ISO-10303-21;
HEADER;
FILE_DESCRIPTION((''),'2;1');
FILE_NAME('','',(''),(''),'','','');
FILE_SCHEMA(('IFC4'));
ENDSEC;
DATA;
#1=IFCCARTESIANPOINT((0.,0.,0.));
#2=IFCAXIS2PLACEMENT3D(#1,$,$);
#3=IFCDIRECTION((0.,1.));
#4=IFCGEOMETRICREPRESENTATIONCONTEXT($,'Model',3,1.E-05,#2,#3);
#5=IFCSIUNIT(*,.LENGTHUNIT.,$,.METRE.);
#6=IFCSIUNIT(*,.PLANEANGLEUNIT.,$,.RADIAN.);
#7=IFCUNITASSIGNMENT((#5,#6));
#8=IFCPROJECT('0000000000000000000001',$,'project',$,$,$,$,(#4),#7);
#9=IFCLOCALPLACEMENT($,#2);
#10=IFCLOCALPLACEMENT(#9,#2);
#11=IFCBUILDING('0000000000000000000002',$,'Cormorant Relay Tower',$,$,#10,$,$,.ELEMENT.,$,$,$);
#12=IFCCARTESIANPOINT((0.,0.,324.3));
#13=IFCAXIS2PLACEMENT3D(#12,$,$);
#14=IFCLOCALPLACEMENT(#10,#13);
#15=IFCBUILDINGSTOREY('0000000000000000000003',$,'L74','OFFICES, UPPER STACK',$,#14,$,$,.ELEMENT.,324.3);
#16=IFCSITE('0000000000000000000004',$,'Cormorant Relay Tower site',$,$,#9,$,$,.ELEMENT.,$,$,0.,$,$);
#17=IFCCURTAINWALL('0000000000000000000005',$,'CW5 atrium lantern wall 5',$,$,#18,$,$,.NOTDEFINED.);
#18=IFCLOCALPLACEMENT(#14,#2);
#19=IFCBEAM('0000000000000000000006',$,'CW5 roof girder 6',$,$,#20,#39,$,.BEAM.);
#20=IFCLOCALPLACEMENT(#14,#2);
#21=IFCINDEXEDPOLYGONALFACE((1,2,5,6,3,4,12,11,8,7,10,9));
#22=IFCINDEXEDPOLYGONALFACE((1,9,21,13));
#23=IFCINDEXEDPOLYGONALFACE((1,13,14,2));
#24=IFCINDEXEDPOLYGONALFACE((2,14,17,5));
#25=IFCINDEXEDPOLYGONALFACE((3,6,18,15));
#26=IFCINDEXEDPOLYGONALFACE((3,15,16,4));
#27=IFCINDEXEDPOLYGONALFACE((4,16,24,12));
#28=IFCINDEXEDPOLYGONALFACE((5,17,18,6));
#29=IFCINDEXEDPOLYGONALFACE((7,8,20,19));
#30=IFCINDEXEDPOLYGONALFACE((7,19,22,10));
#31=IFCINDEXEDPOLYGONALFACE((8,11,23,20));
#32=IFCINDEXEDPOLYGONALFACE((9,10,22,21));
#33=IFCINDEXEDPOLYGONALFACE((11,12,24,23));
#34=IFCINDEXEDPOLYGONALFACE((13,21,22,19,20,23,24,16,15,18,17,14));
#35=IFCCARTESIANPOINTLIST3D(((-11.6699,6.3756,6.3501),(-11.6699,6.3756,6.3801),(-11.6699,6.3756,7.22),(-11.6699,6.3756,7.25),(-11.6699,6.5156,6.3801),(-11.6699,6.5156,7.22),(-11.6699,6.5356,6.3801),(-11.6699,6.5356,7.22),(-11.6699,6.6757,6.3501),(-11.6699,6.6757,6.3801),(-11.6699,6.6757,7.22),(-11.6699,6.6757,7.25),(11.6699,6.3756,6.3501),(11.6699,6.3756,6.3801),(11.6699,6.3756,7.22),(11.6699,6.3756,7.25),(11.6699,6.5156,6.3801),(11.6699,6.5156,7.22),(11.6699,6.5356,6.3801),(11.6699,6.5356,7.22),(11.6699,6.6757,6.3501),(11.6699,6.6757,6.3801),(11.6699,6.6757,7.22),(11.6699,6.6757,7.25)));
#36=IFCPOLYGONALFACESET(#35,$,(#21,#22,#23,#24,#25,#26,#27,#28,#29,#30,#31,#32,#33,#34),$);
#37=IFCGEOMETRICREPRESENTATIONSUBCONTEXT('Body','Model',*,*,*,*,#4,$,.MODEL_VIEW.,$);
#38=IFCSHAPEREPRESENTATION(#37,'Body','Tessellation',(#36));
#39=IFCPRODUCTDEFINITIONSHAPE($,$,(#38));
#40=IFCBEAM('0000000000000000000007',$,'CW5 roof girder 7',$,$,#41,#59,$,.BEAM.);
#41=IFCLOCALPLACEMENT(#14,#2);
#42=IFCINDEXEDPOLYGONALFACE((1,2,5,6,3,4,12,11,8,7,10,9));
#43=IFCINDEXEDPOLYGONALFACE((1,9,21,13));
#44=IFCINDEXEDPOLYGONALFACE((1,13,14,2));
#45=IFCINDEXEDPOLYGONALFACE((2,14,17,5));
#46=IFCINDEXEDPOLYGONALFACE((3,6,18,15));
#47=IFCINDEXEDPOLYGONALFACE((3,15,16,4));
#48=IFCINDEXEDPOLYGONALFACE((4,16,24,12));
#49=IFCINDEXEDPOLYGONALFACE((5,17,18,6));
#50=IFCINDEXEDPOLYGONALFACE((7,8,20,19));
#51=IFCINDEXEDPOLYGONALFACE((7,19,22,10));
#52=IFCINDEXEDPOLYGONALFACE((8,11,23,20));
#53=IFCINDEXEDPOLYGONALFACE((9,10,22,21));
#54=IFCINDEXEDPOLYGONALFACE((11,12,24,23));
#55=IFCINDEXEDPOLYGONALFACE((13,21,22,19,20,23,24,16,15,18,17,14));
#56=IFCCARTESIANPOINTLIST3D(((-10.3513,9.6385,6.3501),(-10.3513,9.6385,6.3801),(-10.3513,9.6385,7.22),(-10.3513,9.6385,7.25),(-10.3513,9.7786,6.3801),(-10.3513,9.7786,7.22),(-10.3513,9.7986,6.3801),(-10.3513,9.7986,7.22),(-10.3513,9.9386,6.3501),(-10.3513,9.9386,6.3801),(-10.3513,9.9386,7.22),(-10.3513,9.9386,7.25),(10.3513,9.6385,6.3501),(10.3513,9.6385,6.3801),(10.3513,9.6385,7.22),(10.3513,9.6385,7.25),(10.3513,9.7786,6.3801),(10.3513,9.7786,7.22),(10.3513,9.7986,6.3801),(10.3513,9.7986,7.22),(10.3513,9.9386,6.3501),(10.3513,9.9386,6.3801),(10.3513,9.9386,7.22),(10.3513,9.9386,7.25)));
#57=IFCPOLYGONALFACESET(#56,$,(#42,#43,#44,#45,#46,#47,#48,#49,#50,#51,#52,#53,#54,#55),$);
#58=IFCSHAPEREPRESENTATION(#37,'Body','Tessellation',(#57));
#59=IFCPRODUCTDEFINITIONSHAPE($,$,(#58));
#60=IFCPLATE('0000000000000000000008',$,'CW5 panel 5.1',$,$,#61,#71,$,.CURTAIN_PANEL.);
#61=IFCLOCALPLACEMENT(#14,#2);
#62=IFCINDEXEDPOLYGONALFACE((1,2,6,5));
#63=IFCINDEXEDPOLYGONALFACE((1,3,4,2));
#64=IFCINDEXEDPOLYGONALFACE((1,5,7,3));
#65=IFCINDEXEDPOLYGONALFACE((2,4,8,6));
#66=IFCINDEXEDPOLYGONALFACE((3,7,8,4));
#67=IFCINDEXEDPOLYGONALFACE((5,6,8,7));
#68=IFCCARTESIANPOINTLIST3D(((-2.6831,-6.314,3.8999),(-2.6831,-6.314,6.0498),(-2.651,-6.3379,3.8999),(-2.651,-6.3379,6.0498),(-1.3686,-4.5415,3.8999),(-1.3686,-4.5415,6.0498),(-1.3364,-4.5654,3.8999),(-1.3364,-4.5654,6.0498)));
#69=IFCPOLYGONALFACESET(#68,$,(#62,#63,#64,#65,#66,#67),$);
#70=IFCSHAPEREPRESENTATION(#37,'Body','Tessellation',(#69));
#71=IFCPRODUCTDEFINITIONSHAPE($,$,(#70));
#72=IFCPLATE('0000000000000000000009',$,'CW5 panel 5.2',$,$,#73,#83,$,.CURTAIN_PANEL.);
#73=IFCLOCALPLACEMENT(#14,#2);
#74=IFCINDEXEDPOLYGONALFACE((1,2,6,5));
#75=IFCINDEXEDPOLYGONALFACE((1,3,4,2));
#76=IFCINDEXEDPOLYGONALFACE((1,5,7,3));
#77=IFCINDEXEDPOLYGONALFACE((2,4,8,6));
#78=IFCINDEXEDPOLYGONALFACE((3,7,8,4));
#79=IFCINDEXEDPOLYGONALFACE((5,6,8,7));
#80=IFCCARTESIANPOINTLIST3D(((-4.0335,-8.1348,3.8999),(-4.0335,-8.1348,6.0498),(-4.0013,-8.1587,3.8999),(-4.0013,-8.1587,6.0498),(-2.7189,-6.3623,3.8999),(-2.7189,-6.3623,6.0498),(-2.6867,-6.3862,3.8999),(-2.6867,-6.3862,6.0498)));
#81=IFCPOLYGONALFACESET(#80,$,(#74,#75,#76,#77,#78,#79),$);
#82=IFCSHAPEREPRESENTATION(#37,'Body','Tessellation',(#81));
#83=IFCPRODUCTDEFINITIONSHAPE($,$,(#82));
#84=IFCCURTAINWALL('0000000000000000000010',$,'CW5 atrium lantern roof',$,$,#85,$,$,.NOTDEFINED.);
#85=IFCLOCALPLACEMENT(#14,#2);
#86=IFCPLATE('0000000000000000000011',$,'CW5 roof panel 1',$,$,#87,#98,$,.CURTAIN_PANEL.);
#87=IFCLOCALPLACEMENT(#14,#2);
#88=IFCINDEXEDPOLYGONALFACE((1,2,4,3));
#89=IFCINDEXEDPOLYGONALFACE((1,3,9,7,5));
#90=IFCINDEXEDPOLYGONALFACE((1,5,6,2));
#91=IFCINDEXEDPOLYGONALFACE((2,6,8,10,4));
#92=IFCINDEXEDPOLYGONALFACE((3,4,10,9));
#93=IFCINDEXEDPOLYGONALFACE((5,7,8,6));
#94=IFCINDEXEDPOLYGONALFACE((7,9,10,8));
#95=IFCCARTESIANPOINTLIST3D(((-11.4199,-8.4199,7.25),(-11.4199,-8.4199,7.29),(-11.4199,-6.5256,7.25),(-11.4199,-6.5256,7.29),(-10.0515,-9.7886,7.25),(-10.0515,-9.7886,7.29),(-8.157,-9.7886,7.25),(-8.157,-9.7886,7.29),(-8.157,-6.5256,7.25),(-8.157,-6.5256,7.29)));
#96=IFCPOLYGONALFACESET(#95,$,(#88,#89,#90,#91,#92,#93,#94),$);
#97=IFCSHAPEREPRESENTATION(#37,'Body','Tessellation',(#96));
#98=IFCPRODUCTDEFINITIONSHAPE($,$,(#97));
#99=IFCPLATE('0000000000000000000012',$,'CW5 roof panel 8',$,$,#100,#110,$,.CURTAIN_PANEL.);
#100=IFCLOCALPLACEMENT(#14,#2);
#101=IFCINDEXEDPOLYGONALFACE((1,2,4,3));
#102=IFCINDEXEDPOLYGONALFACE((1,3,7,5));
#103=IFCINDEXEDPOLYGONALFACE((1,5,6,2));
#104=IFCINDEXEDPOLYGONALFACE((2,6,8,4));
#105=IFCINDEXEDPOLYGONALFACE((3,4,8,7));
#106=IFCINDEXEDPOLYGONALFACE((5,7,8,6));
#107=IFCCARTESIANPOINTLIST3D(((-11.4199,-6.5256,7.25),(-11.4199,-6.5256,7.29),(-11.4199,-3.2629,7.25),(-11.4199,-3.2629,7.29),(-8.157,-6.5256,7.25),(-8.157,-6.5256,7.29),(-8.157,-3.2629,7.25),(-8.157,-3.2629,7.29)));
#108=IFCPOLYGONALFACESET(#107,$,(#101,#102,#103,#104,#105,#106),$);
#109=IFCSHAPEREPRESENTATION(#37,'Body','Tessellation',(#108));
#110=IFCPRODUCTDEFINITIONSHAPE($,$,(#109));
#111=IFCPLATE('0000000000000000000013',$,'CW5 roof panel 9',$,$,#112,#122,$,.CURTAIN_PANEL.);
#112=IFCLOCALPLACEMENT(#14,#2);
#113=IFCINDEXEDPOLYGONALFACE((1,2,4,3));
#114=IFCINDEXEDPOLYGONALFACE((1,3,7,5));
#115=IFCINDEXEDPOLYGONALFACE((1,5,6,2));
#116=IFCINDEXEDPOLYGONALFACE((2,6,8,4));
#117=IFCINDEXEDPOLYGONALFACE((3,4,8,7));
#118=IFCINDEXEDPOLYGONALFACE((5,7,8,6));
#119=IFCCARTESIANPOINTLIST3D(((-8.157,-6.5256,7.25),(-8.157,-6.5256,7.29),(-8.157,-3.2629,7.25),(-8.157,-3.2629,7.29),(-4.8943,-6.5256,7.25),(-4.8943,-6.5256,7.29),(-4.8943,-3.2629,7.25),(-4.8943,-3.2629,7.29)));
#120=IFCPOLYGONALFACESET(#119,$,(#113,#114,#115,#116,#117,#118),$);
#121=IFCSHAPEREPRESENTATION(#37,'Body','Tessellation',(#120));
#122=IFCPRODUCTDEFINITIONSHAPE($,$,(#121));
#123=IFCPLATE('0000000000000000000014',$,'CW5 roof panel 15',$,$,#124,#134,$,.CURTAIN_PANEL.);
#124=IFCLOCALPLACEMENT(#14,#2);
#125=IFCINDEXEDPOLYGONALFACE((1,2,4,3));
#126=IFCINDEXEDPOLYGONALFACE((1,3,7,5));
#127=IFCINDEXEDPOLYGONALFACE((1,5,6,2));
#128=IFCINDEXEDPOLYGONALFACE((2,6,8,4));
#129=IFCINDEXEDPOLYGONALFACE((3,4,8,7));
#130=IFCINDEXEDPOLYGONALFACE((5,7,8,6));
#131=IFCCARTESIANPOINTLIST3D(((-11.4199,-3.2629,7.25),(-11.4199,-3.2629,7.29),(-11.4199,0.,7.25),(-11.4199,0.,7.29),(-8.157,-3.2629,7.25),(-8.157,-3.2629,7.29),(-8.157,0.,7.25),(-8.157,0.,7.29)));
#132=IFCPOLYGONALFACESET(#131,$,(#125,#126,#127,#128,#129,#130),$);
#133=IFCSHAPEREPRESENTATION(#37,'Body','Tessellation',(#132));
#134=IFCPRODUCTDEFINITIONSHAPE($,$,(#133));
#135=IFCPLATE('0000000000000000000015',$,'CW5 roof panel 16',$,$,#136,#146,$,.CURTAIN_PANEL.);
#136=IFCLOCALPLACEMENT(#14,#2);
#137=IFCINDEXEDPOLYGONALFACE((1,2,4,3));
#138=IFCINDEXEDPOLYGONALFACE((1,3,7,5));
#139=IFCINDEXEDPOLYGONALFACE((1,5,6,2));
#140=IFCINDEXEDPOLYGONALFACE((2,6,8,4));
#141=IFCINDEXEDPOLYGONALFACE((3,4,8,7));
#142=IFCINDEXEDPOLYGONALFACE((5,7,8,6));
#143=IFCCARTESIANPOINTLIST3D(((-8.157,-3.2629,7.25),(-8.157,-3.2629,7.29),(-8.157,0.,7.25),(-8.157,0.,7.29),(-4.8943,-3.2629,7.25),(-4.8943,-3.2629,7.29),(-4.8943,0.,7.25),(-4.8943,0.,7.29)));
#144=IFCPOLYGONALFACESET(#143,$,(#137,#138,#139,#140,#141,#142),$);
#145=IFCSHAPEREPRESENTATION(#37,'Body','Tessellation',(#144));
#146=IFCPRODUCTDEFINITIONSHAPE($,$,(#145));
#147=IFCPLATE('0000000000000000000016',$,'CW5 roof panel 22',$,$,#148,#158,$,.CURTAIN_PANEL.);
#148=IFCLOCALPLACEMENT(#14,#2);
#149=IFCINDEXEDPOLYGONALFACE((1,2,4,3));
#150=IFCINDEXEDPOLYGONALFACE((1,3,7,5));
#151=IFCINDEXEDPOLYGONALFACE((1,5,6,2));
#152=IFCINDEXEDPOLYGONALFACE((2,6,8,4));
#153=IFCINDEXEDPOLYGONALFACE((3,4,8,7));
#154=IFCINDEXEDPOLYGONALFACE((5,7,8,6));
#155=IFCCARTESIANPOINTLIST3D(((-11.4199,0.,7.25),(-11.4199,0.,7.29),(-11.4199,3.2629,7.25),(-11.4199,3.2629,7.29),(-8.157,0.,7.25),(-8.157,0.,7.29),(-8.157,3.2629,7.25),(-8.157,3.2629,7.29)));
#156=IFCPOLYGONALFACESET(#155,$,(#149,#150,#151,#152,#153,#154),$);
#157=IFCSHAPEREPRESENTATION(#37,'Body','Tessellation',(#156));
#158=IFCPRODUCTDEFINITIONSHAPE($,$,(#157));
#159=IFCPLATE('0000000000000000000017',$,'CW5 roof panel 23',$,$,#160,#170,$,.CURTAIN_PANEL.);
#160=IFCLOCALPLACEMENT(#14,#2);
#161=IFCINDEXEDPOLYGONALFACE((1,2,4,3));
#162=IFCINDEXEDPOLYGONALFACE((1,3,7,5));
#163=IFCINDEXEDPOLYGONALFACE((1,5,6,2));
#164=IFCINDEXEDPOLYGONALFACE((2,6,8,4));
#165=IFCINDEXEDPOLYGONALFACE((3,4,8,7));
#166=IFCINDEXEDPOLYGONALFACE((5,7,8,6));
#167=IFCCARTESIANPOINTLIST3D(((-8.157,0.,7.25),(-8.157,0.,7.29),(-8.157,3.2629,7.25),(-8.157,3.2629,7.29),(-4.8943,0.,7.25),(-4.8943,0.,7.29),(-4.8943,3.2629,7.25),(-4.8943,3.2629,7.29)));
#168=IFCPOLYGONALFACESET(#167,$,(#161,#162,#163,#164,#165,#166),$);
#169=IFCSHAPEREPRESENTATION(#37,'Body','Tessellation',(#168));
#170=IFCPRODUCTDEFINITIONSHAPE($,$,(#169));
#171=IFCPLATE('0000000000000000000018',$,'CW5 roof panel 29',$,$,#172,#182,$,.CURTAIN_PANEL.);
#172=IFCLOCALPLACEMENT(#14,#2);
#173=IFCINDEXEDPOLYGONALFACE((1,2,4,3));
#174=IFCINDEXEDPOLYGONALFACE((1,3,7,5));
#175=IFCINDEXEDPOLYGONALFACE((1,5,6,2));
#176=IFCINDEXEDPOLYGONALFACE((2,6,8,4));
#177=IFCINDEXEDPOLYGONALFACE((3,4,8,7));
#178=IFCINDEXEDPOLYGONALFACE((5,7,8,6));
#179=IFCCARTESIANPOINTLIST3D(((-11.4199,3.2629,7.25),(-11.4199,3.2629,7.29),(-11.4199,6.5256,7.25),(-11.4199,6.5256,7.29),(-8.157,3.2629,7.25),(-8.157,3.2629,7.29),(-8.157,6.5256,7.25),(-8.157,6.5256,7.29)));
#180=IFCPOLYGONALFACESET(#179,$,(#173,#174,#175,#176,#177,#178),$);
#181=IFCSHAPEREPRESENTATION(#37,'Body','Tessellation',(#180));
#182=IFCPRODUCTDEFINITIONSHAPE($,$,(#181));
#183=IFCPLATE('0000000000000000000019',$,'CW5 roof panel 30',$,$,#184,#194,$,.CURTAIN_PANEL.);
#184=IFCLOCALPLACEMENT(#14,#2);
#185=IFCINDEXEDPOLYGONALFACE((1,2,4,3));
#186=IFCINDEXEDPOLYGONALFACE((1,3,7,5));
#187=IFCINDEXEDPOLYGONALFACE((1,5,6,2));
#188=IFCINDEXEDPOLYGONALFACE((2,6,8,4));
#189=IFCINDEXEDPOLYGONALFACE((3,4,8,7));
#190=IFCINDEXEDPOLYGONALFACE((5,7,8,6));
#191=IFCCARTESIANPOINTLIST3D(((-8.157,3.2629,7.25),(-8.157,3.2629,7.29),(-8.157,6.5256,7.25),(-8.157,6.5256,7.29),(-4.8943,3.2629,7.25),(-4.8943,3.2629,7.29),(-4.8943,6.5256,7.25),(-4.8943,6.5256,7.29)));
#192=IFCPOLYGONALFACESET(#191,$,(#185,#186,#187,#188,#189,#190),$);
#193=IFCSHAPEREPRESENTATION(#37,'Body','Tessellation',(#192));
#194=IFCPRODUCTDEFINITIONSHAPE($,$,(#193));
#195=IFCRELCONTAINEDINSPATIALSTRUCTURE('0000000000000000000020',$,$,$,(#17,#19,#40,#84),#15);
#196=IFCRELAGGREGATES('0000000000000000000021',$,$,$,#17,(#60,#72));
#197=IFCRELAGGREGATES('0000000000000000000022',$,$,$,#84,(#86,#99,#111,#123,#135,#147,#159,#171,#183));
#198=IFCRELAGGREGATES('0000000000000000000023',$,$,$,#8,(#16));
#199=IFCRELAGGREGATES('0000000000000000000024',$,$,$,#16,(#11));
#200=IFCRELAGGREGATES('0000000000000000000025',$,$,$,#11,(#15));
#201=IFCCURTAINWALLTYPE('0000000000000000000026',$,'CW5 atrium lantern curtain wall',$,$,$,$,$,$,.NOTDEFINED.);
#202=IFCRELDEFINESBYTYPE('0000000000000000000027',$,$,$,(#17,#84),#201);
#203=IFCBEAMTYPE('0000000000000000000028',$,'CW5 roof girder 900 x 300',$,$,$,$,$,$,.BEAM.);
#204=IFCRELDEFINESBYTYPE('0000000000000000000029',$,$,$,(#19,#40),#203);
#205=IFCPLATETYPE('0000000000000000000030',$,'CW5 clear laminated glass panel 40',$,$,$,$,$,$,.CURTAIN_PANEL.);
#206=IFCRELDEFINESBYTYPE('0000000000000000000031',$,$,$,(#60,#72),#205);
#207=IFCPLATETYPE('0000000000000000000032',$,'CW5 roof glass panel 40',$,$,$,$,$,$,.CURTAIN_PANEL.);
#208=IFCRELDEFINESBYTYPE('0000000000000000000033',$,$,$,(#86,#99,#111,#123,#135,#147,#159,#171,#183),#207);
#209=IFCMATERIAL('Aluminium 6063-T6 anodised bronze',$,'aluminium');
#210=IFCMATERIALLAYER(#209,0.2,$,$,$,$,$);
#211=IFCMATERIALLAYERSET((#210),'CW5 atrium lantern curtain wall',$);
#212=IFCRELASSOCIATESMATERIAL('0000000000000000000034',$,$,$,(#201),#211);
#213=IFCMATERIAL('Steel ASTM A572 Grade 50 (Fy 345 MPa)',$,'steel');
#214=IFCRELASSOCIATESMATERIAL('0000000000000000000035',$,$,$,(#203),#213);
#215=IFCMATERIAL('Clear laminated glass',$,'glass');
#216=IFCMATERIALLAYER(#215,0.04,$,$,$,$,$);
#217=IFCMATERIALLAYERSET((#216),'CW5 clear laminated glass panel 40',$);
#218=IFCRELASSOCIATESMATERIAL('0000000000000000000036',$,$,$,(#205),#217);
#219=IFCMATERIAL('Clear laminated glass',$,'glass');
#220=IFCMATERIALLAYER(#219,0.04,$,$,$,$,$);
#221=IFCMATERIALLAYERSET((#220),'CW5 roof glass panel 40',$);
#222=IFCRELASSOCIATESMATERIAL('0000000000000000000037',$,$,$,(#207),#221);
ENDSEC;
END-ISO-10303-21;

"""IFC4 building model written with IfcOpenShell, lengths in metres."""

from ifc_helpers import new_model, si_unit, direction, frame, origin, origin_2d, place, context, subcontext, project, spatial, polyline, rectangle, i_section, outline, extrude, material, layer, layer_set, material_profile, profile_set, type_object, element, aggregate, save


model = new_model("IFC4")

# Units and contexts
model_context = context("Model", 3, precision=1e-05, world=origin(), true_north=direction((0.0, 1.0)))
body_context = subcontext(model_context, "Body", "Model", "MODEL_VIEW")
ifc_project = project(units=[si_unit("LENGTHUNIT", "METRE"), si_unit("PLANEANGLEUNIT", "RADIAN")], contexts=[model_context])

# Site, building, storey
site_placement = place(None, origin())
site = spatial("IfcSite", under=ifc_project, at=site_placement, Name="Cormorant Relay Tower site", CompositionType="ELEMENT", RefElevation=0.0)
building_placement = place(site_placement, origin())
building = spatial("IfcBuilding", under=site, at=building_placement, Name="Cormorant Relay Tower", CompositionType="ELEMENT")
storey_placement = place(building_placement, frame((0.0, 0.0, 324.3)))
storey = spatial("IfcBuildingStorey", under=building, at=storey_placement, Name="L74", Description="OFFICES, UPPER STACK", CompositionType="ELEMENT", Elevation=324.3)

# Curtain wall
ifc_material_1 = material(Name="Aluminium 6063-T6 anodised bronze", Category="aluminium")
ifc_layer_1 = layer(ifc_material_1, 0.2)
ifc_layer_set_1 = layer_set([ifc_layer_1], Name="CW5 atrium lantern curtain wall")
curtain_wall_type = type_object("IfcCurtainWallType", Name="CW5 atrium lantern curtain wall", PredefinedType="NOTDEFINED", material=ifc_layer_set_1)
curtain_wall_1_placement = place(storey_placement, origin())
curtain_wall_1 = element("IfcCurtainWall", 1, at=curtain_wall_1_placement, inside=storey, type_object=curtain_wall_type, Name="CW5 atrium lantern wall 5", PredefinedType="NOTDEFINED")

# Beams
ifc_material_2 = material(Name="Steel ASTM A572 Grade 50 (Fy 345 MPa)", Category="steel")
ifc_material_profile_1 = material_profile(ifc_material_2, i_section(OverallWidth=0.3, OverallDepth=0.8999, WebThickness=0.02, FlangeThickness=0.03, at=origin_2d()), Name="PG900x300")
ifc_profile_set_1 = profile_set([ifc_material_profile_1], Name="Steel ASTM A572 Grade 50 (Fy 345 MPa)")
beam_type = type_object("IfcBeamType", Name="CW5 roof girder 900 x 300", PredefinedType="BEAM", material=ifc_profile_set_1)
for number, where, z_axis, x_axis, name in (
    (2, (-11.6699, 6.5256, 6.8), (1.0, 0.0, 0.0), (0.0, 1.0, 0.0), "CW5 roof girder 6"),
):
    element("IfcBeam", number, at=place(storey_placement, frame(where, z_axis=z_axis, x_axis=x_axis)), inside=storey, type_object=beam_type, Name=name, PredefinedType="BEAM", context=body_context, shape_type="SweptSolid", body=[
        extrude(i_section(OverallWidth=0.3, OverallDepth=0.8999, WebThickness=0.02, FlangeThickness=0.03, at=origin_2d()), origin(), (0.0, 0.0, 1.0), 23.3398),
    ])
beam_placement = place(storey_placement, frame((-10.3513, 9.7886, 6.8), z_axis=(1.0, 0.0, 0.0), x_axis=(0.0, 1.0, 0.0)))
element("IfcBeam", 3, at=beam_placement, inside=storey, type_object=beam_type, Name="CW5 roof girder 7", PredefinedType="BEAM", context=body_context, shape_type="SweptSolid", body=[
    extrude(i_section(OverallWidth=0.3, OverallDepth=0.8999, WebThickness=0.02, FlangeThickness=0.03, at=origin_2d()), origin(), (0.0, 0.0, 1.0), 20.7026),
])

# Plates
ifc_material_3 = material(Name="Clear laminated glass", Category="glass")
ifc_layer_2 = layer(ifc_material_3, 0.04)
ifc_layer_set_2 = layer_set([ifc_layer_2], Name="CW5 clear laminated glass panel 40")
plate_type_1 = type_object("IfcPlateType", Name="CW5 clear laminated glass panel 40", PredefinedType="CURTAIN_PANEL", material=ifc_layer_set_2)
plate_1_placement = place(storey_placement, frame((-2.0098, -5.4397, 3.8999), z_axis=(0.0, 0.0, 1.0), x_axis=(-0.595699, -0.803208, 0.0)))
plate_1 = element("IfcPlate", 4, at=plate_1_placement, type_object=plate_type_1, Name="CW5 panel 5.1", PredefinedType="CURTAIN_PANEL", context=body_context, shape_type="SweptSolid", body=[
    extrude(rectangle(XDim=2.2068, YDim=0.04, at=origin_2d()), origin(), (0.0, 0.0, 1.0), 2.1499),
])
plate_2_placement = place(storey_placement, frame((-3.3601, -7.2605, 3.8999), z_axis=(0.0, 0.0, 1.0), x_axis=(-0.595699, -0.803208, 0.0)))
plate_2 = element("IfcPlate", 5, at=plate_2_placement, type_object=plate_type_1, Name="CW5 panel 5.2", PredefinedType="CURTAIN_PANEL", context=body_context, shape_type="SweptSolid", body=[
    extrude(rectangle(XDim=2.2068, YDim=0.04, at=origin_2d()), origin(), (0.0, 0.0, 1.0), 2.1499),
])
aggregate(curtain_wall_1, [plate_1, plate_2])

# Curtain wall, plates
curtain_wall_2_placement = place(storey_placement, origin())
curtain_wall_2 = element("IfcCurtainWall", 6, at=curtain_wall_2_placement, inside=storey, type_object=curtain_wall_type, Name="CW5 atrium lantern roof", PredefinedType="NOTDEFINED")
ifc_material_4 = material(Name="Clear laminated glass", Category="glass")
ifc_layer_3 = layer(ifc_material_4, 0.04)
ifc_layer_set_3 = layer_set([ifc_layer_3], Name="CW5 roof glass panel 40")
plate_type_2 = type_object("IfcPlateType", Name="CW5 roof glass panel 40", PredefinedType="CURTAIN_PANEL", material=ifc_layer_set_3)
plate_3_placement = place(storey_placement, frame((-11.4199, -6.5256, 7.29), z_axis=(0.0, 0.0, 1.0), x_axis=(0.0, -1.0, 0.0)))
plate_3 = element("IfcPlate", 7, at=plate_3_placement, type_object=plate_type_2, Name="CW5 roof panel 1", PredefinedType="CURTAIN_PANEL", context=body_context, shape_type="SweptSolid", body=[
    extrude(outline(polyline([(0.0, 0.0), (1.8943, 0.0), (3.2629, 1.3684), (3.2629, 3.2629), (0.0, 3.2629), (0.0, 0.0)])), origin(), (0.0, 0.0, -1.0), 0.04),
])
plate_4_placement = place(storey_placement, frame((-11.4199, -3.2629, 7.29), z_axis=(0.0, 0.0, 1.0), x_axis=(0.0, -1.0, 0.0)))
plate_4 = element("IfcPlate", 8, at=plate_4_placement, type_object=plate_type_2, Name="CW5 roof panel 8", PredefinedType="CURTAIN_PANEL", context=body_context, shape_type="SweptSolid", body=[
    extrude(outline(polyline([(0.0, 0.0), (3.2627, 0.0), (3.2627, 3.2629), (0.0, 3.2629), (0.0, 0.0)])), origin(), (0.0, 0.0, -1.0), 0.04),
])
plate_5_placement = place(storey_placement, frame((-4.8943, -6.5256, 7.29), z_axis=(0.0, 0.0, 1.0), x_axis=(0.0, 1.0, 0.0)))
plate_5 = element("IfcPlate", 9, at=plate_5_placement, type_object=plate_type_2, Name="CW5 roof panel 9", PredefinedType="CURTAIN_PANEL", context=body_context, shape_type="SweptSolid", body=[
    extrude(outline(polyline([(0.0, 0.0), (3.2627, 0.0), (3.2627, 3.2627), (0.0, 3.2627), (0.0, 0.0)])), origin(), (0.0, 0.0, -1.0), 0.04),
])
plate_6_placement = place(storey_placement, frame((-11.4199, 0.0, 7.29), z_axis=(0.0, 0.0, 1.0), x_axis=(0.0, -1.0, 0.0)))
plate_6 = element("IfcPlate", 10, at=plate_6_placement, type_object=plate_type_2, Name="CW5 roof panel 15", PredefinedType="CURTAIN_PANEL", context=body_context, shape_type="SweptSolid", body=[
    extrude(outline(polyline([(0.0, 0.0), (3.2629, 0.0), (3.2629, 3.2629), (0.0, 3.2629), (0.0, 0.0)])), origin(), (0.0, 0.0, -1.0), 0.04),
])
plate_7_placement = place(storey_placement, frame((-4.8943, -3.2629, 7.29), z_axis=(0.0, 0.0, 1.0), x_axis=(0.0, 1.0, 0.0)))
plate_7 = element("IfcPlate", 11, at=plate_7_placement, type_object=plate_type_2, Name="CW5 roof panel 16", PredefinedType="CURTAIN_PANEL", context=body_context, shape_type="SweptSolid", body=[
    extrude(outline(polyline([(0.0, 0.0), (3.2629, 0.0), (3.2629, 3.2627), (0.0, 3.2627), (0.0, 0.0)])), origin(), (0.0, 0.0, -1.0), 0.04),
])
plate_8_placement = place(storey_placement, frame((-11.4199, 3.2629, 7.29), z_axis=(0.0, 0.0, 1.0), x_axis=(0.0, -1.0, 0.0)))
plate_8 = element("IfcPlate", 12, at=plate_8_placement, type_object=plate_type_2, Name="CW5 roof panel 22", PredefinedType="CURTAIN_PANEL", context=body_context, shape_type="SweptSolid", body=[
    extrude(outline(polyline([(0.0, 0.0), (3.2629, 0.0), (3.2629, 3.2629), (0.0, 3.2629), (0.0, 0.0)])), origin(), (0.0, 0.0, -1.0), 0.04),
])
plate_9_placement = place(storey_placement, frame((-4.8943, 0.0, 7.29), z_axis=(0.0, 0.0, 1.0), x_axis=(0.0, 1.0, 0.0)))
plate_9 = element("IfcPlate", 13, at=plate_9_placement, type_object=plate_type_2, Name="CW5 roof panel 23", PredefinedType="CURTAIN_PANEL", context=body_context, shape_type="SweptSolid", body=[
    extrude(outline(polyline([(0.0, 0.0), (3.2629, 0.0), (3.2629, 3.2627), (0.0, 3.2627), (0.0, 0.0)])), origin(), (0.0, 0.0, -1.0), 0.04),
])
plate_10_placement = place(storey_placement, frame((-11.4199, 6.5256, 7.29), z_axis=(0.0, 0.0, 1.0), x_axis=(0.0, -1.0, 0.0)))
plate_10 = element("IfcPlate", 14, at=plate_10_placement, type_object=plate_type_2, Name="CW5 roof panel 29", PredefinedType="CURTAIN_PANEL", context=body_context, shape_type="SweptSolid", body=[
    extrude(outline(polyline([(0.0, 0.0), (3.2627, 0.0), (3.2627, 3.2629), (0.0, 3.2629), (0.0, 0.0)])), origin(), (0.0, 0.0, -1.0), 0.04),
])
plate_11_placement = place(storey_placement, frame((-4.8943, 3.2629, 7.29), z_axis=(0.0, 0.0, 1.0), x_axis=(0.0, 1.0, 0.0)))
plate_11 = element("IfcPlate", 15, at=plate_11_placement, type_object=plate_type_2, Name="CW5 roof panel 30", PredefinedType="CURTAIN_PANEL", context=body_context, shape_type="SweptSolid", body=[
    extrude(outline(polyline([(0.0, 0.0), (3.2627, 0.0), (3.2627, 3.2627), (0.0, 3.2627), (0.0, 0.0)])), origin(), (0.0, 0.0, -1.0), 0.04),
])
aggregate(curtain_wall_2, [plate_3, plate_4, plate_5, plate_6, plate_7, plate_8, plate_9, plate_10, plate_11])

save(model, "model.ifc")
